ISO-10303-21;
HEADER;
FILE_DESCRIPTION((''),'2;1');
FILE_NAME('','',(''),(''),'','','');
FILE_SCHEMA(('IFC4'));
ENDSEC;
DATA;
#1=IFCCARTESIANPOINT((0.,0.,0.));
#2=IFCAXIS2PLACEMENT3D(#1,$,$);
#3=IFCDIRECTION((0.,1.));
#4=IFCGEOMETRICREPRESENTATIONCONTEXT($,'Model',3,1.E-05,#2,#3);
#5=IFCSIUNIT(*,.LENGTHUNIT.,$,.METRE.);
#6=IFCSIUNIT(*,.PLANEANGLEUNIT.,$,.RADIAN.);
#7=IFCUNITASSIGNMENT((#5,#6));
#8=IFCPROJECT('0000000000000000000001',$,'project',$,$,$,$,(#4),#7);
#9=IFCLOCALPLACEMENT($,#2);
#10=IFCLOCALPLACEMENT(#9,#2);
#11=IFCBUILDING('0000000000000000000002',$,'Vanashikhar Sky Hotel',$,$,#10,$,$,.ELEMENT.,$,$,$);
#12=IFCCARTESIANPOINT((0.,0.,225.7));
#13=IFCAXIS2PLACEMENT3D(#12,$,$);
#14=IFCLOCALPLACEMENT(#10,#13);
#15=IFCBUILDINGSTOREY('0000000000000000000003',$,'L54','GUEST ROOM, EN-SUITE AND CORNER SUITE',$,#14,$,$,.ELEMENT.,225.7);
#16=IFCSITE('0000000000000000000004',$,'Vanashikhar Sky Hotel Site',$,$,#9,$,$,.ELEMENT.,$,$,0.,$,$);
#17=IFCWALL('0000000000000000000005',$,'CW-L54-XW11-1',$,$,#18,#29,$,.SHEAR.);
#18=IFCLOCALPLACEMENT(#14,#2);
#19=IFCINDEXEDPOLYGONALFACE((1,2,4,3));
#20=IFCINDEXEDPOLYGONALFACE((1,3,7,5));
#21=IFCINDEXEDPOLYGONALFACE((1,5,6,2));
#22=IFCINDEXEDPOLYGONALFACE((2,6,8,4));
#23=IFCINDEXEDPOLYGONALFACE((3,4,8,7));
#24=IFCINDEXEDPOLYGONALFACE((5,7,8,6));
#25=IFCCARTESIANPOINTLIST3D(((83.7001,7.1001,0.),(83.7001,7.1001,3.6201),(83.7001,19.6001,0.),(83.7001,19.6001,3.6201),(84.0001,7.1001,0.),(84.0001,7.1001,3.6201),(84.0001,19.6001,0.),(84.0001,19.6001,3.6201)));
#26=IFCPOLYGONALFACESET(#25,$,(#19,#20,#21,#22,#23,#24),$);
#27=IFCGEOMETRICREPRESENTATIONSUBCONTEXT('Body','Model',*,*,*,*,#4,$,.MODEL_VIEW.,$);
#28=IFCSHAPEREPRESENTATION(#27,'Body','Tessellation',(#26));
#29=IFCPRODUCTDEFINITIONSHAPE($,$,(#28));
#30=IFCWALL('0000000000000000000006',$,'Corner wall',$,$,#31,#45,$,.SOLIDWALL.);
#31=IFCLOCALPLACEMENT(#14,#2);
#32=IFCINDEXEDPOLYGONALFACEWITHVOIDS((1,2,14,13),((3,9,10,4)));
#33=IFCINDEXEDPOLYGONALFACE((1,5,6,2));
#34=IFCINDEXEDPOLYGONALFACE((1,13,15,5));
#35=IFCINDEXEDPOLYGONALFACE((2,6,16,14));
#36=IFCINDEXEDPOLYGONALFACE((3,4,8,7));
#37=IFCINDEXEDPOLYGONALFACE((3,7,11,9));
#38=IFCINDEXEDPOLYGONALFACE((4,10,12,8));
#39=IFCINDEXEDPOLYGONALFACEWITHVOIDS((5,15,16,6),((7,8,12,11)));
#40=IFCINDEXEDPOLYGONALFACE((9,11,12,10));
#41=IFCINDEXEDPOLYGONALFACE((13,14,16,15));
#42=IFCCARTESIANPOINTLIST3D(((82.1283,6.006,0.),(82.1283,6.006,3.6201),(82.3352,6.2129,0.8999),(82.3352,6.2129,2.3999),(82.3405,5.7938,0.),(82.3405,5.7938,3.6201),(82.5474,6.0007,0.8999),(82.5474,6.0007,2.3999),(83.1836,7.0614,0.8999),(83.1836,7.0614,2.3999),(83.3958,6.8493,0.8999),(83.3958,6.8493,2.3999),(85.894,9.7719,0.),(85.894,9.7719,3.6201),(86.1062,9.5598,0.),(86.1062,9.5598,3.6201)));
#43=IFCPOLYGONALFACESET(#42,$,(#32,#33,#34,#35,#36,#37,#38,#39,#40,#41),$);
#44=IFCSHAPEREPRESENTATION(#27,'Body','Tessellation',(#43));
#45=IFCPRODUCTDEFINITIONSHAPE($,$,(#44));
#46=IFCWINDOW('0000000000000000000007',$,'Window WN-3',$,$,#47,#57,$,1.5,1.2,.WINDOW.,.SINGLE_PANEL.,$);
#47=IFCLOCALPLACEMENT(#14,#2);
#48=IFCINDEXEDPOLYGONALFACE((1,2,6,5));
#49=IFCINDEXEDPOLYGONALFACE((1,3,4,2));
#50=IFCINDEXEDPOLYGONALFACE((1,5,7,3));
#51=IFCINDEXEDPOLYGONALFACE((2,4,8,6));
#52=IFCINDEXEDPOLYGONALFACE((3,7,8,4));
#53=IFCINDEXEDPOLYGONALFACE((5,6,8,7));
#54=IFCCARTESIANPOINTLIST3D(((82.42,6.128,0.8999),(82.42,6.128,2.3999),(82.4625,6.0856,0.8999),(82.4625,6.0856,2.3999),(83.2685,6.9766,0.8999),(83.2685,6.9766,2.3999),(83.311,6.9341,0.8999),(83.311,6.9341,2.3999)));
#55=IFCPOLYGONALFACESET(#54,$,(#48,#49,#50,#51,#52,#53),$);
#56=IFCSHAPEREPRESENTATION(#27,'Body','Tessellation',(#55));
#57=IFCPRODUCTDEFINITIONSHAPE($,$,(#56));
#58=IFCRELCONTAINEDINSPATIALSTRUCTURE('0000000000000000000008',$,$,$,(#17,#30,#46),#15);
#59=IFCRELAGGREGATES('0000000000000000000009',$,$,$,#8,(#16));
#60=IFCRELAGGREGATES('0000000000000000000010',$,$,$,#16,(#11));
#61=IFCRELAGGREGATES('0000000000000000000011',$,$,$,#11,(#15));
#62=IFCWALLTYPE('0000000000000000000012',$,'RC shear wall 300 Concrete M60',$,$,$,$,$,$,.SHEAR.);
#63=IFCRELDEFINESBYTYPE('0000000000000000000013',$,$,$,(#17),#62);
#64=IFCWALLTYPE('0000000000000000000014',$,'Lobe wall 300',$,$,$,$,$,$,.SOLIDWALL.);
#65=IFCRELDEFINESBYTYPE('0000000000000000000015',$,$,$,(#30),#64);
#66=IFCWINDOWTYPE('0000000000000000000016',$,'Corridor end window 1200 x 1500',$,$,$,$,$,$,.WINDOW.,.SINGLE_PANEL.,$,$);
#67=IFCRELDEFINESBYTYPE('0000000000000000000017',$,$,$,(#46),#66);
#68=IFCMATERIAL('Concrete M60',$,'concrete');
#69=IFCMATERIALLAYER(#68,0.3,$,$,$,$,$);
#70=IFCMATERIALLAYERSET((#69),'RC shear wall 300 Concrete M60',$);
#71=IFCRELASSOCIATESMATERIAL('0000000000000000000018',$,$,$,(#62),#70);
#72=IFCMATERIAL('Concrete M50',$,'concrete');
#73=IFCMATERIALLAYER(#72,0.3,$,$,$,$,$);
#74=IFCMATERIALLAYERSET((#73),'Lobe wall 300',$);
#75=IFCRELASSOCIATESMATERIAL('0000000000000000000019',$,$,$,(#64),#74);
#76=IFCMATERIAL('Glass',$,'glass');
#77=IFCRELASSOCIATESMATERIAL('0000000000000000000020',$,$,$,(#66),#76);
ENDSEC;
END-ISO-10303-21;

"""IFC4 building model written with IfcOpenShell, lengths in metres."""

from ifc_helpers import new_model, si_unit, direction, frame, frame_2d, origin, place, context, subcontext, project, spatial, rectangle, extrude, source, transform, mapped, material, layer, layer_set, type_object, element, fill, save


model = new_model("IFC4")

# Units and contexts
model_context = context("Model", 3, precision=1e-05, world=origin(), true_north=direction((0.0, 1.0)))
body_context = subcontext(model_context, "Body", "Model", "MODEL_VIEW")
ifc_project = project(units=[si_unit("LENGTHUNIT", "METRE"), si_unit("PLANEANGLEUNIT", "RADIAN")], contexts=[model_context])

# Site, building, storey
site_placement = place(None, origin())
site = spatial("IfcSite", under=ifc_project, at=site_placement, Name="Vanashikhar Sky Hotel Site", CompositionType="ELEMENT", RefElevation=0.0)
building_placement = place(site_placement, origin())
building = spatial("IfcBuilding", under=site, at=building_placement, Name="Vanashikhar Sky Hotel", CompositionType="ELEMENT")
storey_placement = place(building_placement, frame((0.0, 0.0, 225.7)))
storey = spatial("IfcBuildingStorey", under=building, at=storey_placement, Name="L54", Description="GUEST ROOM, EN-SUITE AND CORNER SUITE", CompositionType="ELEMENT", Elevation=225.7)

# Wall
ifc_material_1 = material(Name="Concrete M60", Category="concrete")
ifc_layer_1 = layer(ifc_material_1, 0.3)
ifc_layer_set_1 = layer_set([ifc_layer_1], Name="RC shear wall 300 Concrete M60")
wall_type_1 = type_object("IfcWallType", Name="RC shear wall 300 Concrete M60", PredefinedType="SHEAR", material=ifc_layer_set_1)
shared_shape_1 = source(origin(), body_context, "Body", "SweptSolid", [
    extrude(rectangle(XDim=12.5, YDim=0.3, at=frame_2d((6.25, 0.0))), origin(), (0.0, 0.0, 1.0), 3.6201),
])
wall_1_placement = place(storey_placement, frame((83.8501, 7.1001, 0.0), z_axis=(0.0, 0.0, 1.0), x_axis=(0.0, 1.0, 0.0)))
element("IfcWall", 1, at=wall_1_placement, inside=storey, type_object=wall_type_1, Name="CW-L54-XW11-1", PredefinedType="SHEAR", context=body_context, shape_type="MappedRepresentation", body=[
    mapped(shared_shape_1, transform((0.0, 0.0, 0.0), scale=1.0)),
])

# Wall, opening, window
ifc_material_2 = material(Name="Concrete M50", Category="concrete")
ifc_layer_2 = layer(ifc_material_2, 0.3)
ifc_layer_set_2 = layer_set([ifc_layer_2], Name="Lobe wall 300")
wall_type_2 = type_object("IfcWallType", Name="Lobe wall 300", PredefinedType="SOLIDWALL", material=ifc_layer_set_2)
shared_shape_2 = source(origin(), body_context, "Body", "SweptSolid", [
    extrude(rectangle(XDim=5.3257, YDim=0.3, at=frame_2d((2.6628, 0.0))), origin(), (0.0, 0.0, 1.0), 3.6201),
])
wall_2_placement = place(storey_placement, frame((82.2344, 5.8999, 0.0), z_axis=(0.0, 0.0, 1.0), x_axis=(0.707084, 0.70713, 0.0)))
wall_2 = element("IfcWall", 2, at=wall_2_placement, inside=storey, type_object=wall_type_2, Name="Corner wall", PredefinedType="SOLIDWALL", context=body_context, shape_type="MappedRepresentation", body=[
    mapped(shared_shape_2, transform((0.0, 0.0, 0.0), scale=1.0)),
])
shared_shape_3 = source(origin(), body_context, "Body", "SweptSolid", [
    extrude(rectangle(XDim=1.2, YDim=1.5, at=frame_2d((0.6001, 0.75))), frame((0.0, 0.1602, 0.0), z_axis=(0.0, -1.0, 0.0), x_axis=(1.0, 0.0, 0.0)), (0.0, 0.0, 1.0), 0.3201),
])
opening_1_placement = place(wall_2_placement, frame((0.2925, 0.0, 0.8999)))
opening_1 = element("IfcOpeningElement", 3, at=opening_1_placement, cuts=wall_2, PredefinedType="OPENING", context=body_context, shape_type="MappedRepresentation", body=[
    mapped(shared_shape_3, transform((0.0, 0.0, 0.0), scale=1.0)),
])
ifc_material_3 = material(Name="Glass", Category="glass")
window_type_1 = type_object("IfcWindowType", Name="Corridor end window 1200 x 1500", PartitioningType="SINGLE_PANEL", PredefinedType="WINDOW", material=ifc_material_3)
shared_shape_4 = source(origin(), body_context, "Body", "SweptSolid", [
    extrude(rectangle(XDim=1.2, YDim=1.5, at=frame_2d((0.6001, 0.75))), frame((0.0, 0.03, 0.0), z_axis=(0.0, -1.0, 0.0), x_axis=(1.0, 0.0, 0.0)), (0.0, 0.0, 1.0), 0.0601),
])
window_1_placement = place(opening_1_placement, origin())
window_1 = element("IfcWindow", 4, at=window_1_placement, inside=storey, type_object=window_type_1, Name="Window WN-3", OverallHeight=1.5, OverallWidth=1.2, PartitioningType="SINGLE_PANEL", PredefinedType="WINDOW", context=body_context, shape_type="MappedRepresentation", body=[
    mapped(shared_shape_4, transform((0.0, 0.0, 0.0), scale=1.0)),
])
fill(opening_1, window_1)

save(model, "model.ifc")
